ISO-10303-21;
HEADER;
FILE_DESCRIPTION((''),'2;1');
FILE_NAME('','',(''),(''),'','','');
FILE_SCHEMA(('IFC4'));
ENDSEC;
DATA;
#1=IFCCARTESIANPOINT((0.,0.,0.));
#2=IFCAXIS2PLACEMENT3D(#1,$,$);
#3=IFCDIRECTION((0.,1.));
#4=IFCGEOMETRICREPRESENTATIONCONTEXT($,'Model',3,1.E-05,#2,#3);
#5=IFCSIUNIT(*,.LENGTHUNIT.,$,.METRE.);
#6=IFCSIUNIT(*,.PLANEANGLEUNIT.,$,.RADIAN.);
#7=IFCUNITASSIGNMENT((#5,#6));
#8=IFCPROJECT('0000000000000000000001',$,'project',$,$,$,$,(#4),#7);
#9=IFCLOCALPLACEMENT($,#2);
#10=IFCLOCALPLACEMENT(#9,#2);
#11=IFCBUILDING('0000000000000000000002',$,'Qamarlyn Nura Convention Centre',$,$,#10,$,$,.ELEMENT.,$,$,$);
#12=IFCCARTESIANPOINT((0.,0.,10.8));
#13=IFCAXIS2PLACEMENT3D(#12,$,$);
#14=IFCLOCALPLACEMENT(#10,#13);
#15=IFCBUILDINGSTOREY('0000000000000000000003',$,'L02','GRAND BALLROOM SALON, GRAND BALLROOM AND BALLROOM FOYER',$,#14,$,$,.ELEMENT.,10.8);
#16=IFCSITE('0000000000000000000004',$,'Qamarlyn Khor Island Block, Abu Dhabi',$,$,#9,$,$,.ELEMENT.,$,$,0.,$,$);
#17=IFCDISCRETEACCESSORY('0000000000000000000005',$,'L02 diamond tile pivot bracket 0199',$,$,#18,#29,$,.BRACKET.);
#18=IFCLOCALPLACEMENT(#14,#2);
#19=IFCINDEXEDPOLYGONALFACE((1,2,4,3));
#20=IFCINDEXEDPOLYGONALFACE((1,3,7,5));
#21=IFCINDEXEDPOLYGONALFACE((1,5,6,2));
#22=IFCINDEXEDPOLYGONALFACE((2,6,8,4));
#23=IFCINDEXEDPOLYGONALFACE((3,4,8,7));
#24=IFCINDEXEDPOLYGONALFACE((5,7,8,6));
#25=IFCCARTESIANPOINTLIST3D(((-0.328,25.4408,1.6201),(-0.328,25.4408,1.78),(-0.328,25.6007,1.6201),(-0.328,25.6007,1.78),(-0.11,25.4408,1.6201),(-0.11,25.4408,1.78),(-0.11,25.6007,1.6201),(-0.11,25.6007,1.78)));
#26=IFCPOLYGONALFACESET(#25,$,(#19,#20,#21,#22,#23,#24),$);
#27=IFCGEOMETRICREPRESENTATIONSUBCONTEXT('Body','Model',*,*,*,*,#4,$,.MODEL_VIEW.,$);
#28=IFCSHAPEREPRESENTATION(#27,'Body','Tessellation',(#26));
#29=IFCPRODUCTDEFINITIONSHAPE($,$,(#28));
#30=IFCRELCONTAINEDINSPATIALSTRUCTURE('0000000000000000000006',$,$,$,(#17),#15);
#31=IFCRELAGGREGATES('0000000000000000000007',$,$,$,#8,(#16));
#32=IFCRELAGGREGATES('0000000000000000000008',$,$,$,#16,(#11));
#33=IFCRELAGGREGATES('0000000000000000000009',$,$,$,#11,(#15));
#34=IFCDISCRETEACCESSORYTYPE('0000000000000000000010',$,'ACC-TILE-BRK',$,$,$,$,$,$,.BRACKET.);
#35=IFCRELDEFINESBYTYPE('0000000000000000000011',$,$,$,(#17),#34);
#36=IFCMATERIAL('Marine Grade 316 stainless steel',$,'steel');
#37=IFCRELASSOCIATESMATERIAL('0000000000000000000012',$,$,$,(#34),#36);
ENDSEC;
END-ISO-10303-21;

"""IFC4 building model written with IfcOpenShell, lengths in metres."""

from ifc_helpers import new_model, si_unit, direction, frame, origin, origin_2d, place, context, subcontext, project, spatial, rectangle, extrude, material, type_object, element, save


model = new_model("IFC4")

# Units and contexts
model_context = context("Model", 3, precision=1e-05, world=origin(), true_north=direction((0.0, 1.0)))
body_context = subcontext(model_context, "Body", "Model", "MODEL_VIEW")
ifc_project = project(units=[si_unit("LENGTHUNIT", "METRE"), si_unit("PLANEANGLEUNIT", "RADIAN")], contexts=[model_context])

# Site, building, storey
site_placement = place(None, origin())
site = spatial("IfcSite", under=ifc_project, at=site_placement, Name="Qamarlyn Khor Island Block, Abu Dhabi", CompositionType="ELEMENT", RefElevation=0.0)
building_placement = place(site_placement, origin())
building = spatial("IfcBuilding", under=site, at=building_placement, Name="Qamarlyn Nura Convention Centre", CompositionType="ELEMENT")
storey_placement = place(building_placement, frame((0.0, 0.0, 10.8)))
storey = spatial("IfcBuildingStorey", under=building, at=storey_placement, Name="L02", Description="GRAND BALLROOM SALON, GRAND BALLROOM AND BALLROOM FOYER", CompositionType="ELEMENT", Elevation=10.8)

# Discrete accessory
ifc_material_1 = material(Name="Marine Grade 316 stainless steel", Category="steel")
discrete_accessory_type_1 = type_object("IfcDiscreteAccessoryType", Name="ACC-TILE-BRK", PredefinedType="BRACKET", material=ifc_material_1)
discrete_accessory_1_placement = place(storey_placement, frame((-0.219, 25.5208, 1.6201), z_axis=(0.0, 0.0, 1.0), x_axis=(-1.0, 0.0, 0.0)))
element("IfcDiscreteAccessory", 1, at=discrete_accessory_1_placement, inside=storey, type_object=discrete_accessory_type_1, Name="L02 diamond tile pivot bracket 0199", PredefinedType="BRACKET", context=body_context, shape_type="SweptSolid", body=[
    extrude(rectangle(XDim=0.218, YDim=0.1599, at=origin_2d()), origin(), (0.0, 0.0, 1.0), 0.1599),
])

save(model, "model.ifc")
